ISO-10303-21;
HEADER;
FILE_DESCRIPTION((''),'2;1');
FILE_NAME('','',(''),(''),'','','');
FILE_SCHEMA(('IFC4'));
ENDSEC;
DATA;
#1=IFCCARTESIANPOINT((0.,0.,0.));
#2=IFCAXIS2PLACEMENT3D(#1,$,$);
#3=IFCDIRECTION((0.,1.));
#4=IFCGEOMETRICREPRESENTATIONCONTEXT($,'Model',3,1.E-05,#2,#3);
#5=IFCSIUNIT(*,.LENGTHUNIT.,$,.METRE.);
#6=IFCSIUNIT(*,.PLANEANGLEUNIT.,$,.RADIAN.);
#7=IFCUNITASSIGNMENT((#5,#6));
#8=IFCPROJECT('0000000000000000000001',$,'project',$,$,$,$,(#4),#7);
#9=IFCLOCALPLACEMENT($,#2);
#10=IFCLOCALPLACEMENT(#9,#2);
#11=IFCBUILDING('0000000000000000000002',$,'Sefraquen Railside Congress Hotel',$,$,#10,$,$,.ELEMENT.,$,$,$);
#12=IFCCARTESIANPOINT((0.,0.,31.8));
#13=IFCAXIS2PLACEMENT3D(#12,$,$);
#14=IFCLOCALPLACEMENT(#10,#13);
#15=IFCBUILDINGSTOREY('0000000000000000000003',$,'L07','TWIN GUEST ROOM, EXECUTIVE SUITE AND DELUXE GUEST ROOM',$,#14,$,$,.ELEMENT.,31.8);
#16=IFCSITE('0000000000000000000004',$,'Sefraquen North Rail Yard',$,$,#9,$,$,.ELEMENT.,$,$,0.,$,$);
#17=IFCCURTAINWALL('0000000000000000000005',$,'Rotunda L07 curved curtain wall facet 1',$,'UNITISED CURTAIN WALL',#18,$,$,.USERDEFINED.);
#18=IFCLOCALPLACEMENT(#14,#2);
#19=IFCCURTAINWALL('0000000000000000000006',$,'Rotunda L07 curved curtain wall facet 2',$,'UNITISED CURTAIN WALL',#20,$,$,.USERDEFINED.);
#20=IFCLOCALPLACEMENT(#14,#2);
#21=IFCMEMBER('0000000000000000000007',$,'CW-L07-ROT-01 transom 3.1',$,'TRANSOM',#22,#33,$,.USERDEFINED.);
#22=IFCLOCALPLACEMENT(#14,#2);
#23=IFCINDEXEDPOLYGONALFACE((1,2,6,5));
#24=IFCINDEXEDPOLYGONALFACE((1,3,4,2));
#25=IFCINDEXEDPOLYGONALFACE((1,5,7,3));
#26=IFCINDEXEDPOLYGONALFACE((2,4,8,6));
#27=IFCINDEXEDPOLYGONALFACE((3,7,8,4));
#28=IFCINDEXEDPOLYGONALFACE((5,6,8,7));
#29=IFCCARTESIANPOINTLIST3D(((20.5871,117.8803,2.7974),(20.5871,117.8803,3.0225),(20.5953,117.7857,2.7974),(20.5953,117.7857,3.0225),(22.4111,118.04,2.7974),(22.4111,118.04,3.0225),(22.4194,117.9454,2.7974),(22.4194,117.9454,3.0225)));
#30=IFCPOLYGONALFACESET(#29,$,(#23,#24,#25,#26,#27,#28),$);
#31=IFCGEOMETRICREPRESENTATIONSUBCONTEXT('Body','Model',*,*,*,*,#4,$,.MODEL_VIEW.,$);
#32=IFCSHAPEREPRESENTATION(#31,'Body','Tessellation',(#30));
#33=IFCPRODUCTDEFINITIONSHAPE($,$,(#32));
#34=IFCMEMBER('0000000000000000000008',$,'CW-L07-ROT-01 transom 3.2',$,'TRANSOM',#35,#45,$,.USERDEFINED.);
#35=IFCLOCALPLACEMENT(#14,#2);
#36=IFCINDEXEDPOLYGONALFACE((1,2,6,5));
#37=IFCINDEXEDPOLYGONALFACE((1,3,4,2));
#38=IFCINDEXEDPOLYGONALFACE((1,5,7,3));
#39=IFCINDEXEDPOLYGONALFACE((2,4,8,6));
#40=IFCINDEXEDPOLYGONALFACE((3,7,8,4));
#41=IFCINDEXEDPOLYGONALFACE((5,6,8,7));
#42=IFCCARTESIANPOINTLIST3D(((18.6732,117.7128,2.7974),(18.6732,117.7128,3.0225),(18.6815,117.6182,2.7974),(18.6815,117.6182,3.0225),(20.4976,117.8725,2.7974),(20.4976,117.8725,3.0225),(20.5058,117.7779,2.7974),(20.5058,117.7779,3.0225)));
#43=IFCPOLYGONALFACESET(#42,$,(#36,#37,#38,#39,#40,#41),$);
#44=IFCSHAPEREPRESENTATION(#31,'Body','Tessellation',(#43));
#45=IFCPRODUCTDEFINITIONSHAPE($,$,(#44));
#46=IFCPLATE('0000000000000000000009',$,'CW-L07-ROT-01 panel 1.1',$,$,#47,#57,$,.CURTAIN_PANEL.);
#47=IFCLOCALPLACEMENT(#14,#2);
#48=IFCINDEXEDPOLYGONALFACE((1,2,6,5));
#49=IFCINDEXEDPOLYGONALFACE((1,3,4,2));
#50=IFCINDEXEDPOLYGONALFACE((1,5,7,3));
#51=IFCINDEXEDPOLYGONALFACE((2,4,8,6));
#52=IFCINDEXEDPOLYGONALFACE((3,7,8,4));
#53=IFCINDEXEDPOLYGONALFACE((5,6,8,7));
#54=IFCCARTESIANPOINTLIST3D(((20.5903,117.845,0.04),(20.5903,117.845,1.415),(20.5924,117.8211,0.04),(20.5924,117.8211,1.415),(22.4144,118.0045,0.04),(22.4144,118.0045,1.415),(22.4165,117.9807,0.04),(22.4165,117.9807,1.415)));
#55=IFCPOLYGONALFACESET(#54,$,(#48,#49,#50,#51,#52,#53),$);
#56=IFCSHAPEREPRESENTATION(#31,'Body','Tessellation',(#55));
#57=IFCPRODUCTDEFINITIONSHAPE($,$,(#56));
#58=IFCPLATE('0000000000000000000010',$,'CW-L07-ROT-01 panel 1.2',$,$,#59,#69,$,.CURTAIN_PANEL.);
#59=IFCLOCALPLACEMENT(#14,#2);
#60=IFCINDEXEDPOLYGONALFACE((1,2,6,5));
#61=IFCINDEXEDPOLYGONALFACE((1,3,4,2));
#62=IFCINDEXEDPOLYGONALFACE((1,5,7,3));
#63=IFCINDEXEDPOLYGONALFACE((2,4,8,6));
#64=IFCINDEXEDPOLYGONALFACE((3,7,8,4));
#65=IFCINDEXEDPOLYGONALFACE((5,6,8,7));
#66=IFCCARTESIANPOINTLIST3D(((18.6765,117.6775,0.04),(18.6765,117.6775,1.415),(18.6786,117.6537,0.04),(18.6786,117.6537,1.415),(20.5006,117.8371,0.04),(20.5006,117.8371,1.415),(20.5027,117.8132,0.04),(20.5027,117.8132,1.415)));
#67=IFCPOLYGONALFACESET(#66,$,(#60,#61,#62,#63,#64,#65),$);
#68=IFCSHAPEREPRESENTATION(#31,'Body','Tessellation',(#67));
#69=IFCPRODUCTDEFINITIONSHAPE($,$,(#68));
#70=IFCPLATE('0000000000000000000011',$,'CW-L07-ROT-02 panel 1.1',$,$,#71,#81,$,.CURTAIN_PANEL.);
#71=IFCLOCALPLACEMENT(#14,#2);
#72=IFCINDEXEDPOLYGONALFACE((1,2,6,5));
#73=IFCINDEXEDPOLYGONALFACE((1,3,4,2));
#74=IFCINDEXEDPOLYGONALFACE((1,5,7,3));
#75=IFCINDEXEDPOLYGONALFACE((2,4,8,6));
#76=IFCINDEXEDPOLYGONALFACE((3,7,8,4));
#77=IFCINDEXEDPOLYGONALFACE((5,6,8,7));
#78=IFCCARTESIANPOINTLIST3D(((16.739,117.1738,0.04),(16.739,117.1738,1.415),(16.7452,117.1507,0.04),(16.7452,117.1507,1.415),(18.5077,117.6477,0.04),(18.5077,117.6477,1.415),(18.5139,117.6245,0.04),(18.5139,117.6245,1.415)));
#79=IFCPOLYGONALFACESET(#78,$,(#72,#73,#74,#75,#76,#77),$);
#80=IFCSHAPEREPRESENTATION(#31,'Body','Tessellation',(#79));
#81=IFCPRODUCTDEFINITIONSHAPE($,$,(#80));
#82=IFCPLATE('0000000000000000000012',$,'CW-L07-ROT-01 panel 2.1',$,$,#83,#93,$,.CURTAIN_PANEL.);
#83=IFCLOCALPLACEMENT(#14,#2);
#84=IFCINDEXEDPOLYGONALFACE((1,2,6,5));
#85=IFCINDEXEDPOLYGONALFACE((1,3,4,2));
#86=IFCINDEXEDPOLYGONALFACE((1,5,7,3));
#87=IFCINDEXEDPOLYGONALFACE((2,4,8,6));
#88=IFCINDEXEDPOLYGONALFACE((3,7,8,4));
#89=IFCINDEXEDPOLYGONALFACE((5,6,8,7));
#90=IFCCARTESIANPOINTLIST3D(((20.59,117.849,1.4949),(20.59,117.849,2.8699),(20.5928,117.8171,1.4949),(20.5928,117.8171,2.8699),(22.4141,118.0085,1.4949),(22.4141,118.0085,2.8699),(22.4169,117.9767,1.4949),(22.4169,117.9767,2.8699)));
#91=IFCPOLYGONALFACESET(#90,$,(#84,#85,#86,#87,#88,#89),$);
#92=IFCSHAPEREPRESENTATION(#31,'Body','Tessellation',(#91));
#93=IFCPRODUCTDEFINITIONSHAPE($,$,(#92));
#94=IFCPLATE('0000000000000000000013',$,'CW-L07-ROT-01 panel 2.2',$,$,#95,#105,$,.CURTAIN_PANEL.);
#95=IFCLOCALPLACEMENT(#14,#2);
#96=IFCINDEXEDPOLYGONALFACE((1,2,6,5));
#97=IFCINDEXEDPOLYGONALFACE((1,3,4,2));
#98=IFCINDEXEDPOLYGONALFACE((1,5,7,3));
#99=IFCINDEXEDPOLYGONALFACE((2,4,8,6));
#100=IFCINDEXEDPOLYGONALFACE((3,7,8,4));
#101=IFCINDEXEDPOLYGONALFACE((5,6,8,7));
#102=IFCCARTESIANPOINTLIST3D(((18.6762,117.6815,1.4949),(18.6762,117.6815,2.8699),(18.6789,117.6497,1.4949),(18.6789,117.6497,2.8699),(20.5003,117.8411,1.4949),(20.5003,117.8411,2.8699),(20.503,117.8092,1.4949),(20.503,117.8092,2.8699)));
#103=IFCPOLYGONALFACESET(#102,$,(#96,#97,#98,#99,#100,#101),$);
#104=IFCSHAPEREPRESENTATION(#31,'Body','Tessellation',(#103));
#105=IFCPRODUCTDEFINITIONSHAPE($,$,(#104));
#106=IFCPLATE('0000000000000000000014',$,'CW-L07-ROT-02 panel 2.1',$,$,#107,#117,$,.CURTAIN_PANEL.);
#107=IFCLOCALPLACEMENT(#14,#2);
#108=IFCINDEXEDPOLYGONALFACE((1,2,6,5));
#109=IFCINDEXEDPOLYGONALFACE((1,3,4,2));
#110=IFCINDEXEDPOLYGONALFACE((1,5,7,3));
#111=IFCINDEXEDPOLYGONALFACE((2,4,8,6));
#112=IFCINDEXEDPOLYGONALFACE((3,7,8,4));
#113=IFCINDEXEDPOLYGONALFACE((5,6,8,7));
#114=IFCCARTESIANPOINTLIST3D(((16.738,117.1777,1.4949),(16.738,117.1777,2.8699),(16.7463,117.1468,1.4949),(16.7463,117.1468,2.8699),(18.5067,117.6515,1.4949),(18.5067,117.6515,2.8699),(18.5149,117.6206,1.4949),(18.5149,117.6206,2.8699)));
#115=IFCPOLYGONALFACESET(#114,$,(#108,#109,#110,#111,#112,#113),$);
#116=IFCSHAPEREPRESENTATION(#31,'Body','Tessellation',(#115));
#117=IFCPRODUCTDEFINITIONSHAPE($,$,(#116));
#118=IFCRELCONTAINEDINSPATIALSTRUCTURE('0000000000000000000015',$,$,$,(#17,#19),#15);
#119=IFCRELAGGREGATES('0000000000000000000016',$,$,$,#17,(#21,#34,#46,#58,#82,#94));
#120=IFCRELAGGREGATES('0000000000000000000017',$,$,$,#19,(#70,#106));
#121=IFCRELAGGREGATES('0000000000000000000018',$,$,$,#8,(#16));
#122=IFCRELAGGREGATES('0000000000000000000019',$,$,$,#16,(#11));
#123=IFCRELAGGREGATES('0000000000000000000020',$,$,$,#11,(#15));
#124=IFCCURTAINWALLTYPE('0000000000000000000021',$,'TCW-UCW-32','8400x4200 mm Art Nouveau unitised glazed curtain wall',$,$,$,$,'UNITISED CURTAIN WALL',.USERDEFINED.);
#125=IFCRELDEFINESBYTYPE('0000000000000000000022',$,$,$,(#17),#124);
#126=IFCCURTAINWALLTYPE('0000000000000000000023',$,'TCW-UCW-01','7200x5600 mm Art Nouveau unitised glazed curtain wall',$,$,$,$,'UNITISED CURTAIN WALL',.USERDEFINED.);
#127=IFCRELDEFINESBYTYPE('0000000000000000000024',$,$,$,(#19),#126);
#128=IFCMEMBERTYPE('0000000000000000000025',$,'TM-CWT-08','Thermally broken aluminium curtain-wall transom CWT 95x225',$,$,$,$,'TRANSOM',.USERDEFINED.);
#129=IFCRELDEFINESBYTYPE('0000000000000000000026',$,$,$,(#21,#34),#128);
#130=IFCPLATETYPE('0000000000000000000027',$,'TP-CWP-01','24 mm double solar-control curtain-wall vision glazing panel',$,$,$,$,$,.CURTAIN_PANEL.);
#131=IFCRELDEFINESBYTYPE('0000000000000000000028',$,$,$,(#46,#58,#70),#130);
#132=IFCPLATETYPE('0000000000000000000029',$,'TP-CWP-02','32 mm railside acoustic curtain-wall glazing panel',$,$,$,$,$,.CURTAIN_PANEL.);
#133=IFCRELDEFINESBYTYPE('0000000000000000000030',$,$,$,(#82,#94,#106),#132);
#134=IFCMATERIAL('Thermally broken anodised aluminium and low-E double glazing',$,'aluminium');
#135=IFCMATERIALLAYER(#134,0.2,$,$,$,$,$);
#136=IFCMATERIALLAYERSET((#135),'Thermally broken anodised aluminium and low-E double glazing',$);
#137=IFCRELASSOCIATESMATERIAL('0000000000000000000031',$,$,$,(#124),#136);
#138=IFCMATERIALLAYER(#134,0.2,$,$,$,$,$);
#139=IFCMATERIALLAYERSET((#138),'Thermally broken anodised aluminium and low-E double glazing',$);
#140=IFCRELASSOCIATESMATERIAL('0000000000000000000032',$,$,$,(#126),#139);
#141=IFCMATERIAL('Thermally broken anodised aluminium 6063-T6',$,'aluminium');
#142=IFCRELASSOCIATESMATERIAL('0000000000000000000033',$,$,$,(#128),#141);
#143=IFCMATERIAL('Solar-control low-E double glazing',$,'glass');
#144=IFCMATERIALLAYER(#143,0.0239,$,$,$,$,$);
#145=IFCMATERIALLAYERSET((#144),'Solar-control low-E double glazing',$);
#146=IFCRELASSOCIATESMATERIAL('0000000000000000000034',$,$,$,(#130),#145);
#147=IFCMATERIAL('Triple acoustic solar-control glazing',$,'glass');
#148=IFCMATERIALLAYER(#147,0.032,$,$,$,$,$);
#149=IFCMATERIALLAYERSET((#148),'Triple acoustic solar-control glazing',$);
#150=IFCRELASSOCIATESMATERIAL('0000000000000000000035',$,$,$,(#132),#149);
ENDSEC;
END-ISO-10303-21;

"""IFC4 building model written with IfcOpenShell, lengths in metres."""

from ifc_helpers import new_model, si_unit, direction, frame, origin, origin_2d, place, context, subcontext, project, spatial, rectangle, extrude, material, layer, layer_set, material_profile, profile_set, type_object, element, aggregate, save


model = new_model("IFC4")

# Units and contexts
model_context = context("Model", 3, precision=1e-05, world=origin(), true_north=direction((0.0, 1.0)))
body_context = subcontext(model_context, "Body", "Model", "MODEL_VIEW")
ifc_project = project(units=[si_unit("LENGTHUNIT", "METRE"), si_unit("PLANEANGLEUNIT", "RADIAN")], contexts=[model_context])

# Site, building, storey
site_placement = place(None, origin())
site = spatial("IfcSite", under=ifc_project, at=site_placement, Name="Sefraquen North Rail Yard", CompositionType="ELEMENT", RefElevation=0.0)
building_placement = place(site_placement, origin())
building = spatial("IfcBuilding", under=site, at=building_placement, Name="Sefraquen Railside Congress Hotel", CompositionType="ELEMENT")
storey_placement = place(building_placement, frame((0.0, 0.0, 31.8)))
storey = spatial("IfcBuildingStorey", under=building, at=storey_placement, Name="L07", Description="TWIN GUEST ROOM, EXECUTIVE SUITE AND DELUXE GUEST ROOM", CompositionType="ELEMENT", Elevation=31.8)

# Curtain walls
ifc_material_1 = material(Name="Thermally broken anodised aluminium and low-E double glazing", Category="aluminium")
ifc_layer_1 = layer(ifc_material_1, 0.2)
ifc_layer_set_1 = layer_set([ifc_layer_1], Name="Thermally broken anodised aluminium and low-E double glazing")
curtain_wall_type_1 = type_object("IfcCurtainWallType", Name="TCW-UCW-32", Description="8400x4200 mm Art Nouveau unitised glazed curtain wall", ElementType="UNITISED CURTAIN WALL", PredefinedType="USERDEFINED", material=ifc_layer_set_1)
curtain_wall_1_placement = place(storey_placement, origin())
curtain_wall_1 = element("IfcCurtainWall", 1, at=curtain_wall_1_placement, inside=storey, type_object=curtain_wall_type_1, Name="Rotunda L07 curved curtain wall facet 1", ObjectType="UNITISED CURTAIN WALL", PredefinedType="USERDEFINED")
ifc_material_2 = material(Name="Thermally broken anodised aluminium 6063-T6", Category="aluminium")
ifc_layer_2 = layer(ifc_material_1, 0.2)
ifc_layer_set_2 = layer_set([ifc_layer_2], Name="Thermally broken anodised aluminium and low-E double glazing")
curtain_wall_type_2 = type_object("IfcCurtainWallType", Name="TCW-UCW-01", Description="7200x5600 mm Art Nouveau unitised glazed curtain wall", ElementType="UNITISED CURTAIN WALL", PredefinedType="USERDEFINED", material=ifc_layer_set_2)
curtain_wall_2_placement = place(storey_placement, origin())
curtain_wall_2 = element("IfcCurtainWall", 2, at=curtain_wall_2_placement, inside=storey, type_object=curtain_wall_type_2, Name="Rotunda L07 curved curtain wall facet 2", ObjectType="UNITISED CURTAIN WALL", PredefinedType="USERDEFINED")

# Members
ifc_material_profile_1 = material_profile(ifc_material_2, rectangle(XDim=0.095, YDim=0.2251, at=origin_2d()), Name="CWT 95x225")
ifc_profile_set_1 = profile_set([ifc_material_profile_1], Name="Thermally broken anodised aluminium 6063-T6")
member_type_1 = type_object("IfcMemberType", Name="TM-CWT-08", Description="Thermally broken aluminium curtain-wall transom CWT 95x225", ElementType="TRANSOM", PredefinedType="USERDEFINED", material=ifc_profile_set_1)
member_1_placement = place(storey_placement, frame((22.4153, 117.9927, 2.9099), z_axis=(-0.99619, -0.087205, 0.0), x_axis=(0.087205, -0.99619, 0.0)))
member_1 = element("IfcMember", 3, at=member_1_placement, type_object=member_type_1, Name="CW-L07-ROT-01 transom 3.1", ObjectType="TRANSOM", PredefinedType="USERDEFINED", context=body_context, shape_type="SweptSolid", body=[
    extrude(rectangle(XDim=0.095, YDim=0.2251, at=origin_2d()), origin(), (0.0, 0.0, 1.0), 1.8311),
])
member_2_placement = place(storey_placement, frame((20.5017, 117.8252, 2.9099), z_axis=(-0.996191, -0.087193, 0.0), x_axis=(0.087193, -0.996191, 0.0)))
member_2 = element("IfcMember", 4, at=member_2_placement, type_object=member_type_1, Name="CW-L07-ROT-01 transom 3.2", ObjectType="TRANSOM", PredefinedType="USERDEFINED", context=body_context, shape_type="SweptSolid", body=[
    extrude(rectangle(XDim=0.095, YDim=0.2251, at=origin_2d()), origin(), (0.0, 0.0, 1.0), 1.8313),
])

# Plates
ifc_material_3 = material(Name="Solar-control low-E double glazing", Category="glass")
ifc_layer_3 = layer(ifc_material_3, 0.0239)
ifc_layer_set_3 = layer_set([ifc_layer_3], Name="Solar-control low-E double glazing")
plate_type_1 = type_object("IfcPlateType", Name="TP-CWP-01", Description="24 mm double solar-control curtain-wall vision glazing panel", PredefinedType="CURTAIN_PANEL", material=ifc_layer_set_3)
plate_1_placement = place(storey_placement, frame((21.5034, 117.9128, 0.04), z_axis=(0.0, 0.0, 1.0), x_axis=(-0.996196, -0.087138, 0.0)))
plate_1 = element("IfcPlate", 5, at=plate_1_placement, type_object=plate_type_1, Name="CW-L07-ROT-01 panel 1.1", PredefinedType="CURTAIN_PANEL", context=body_context, shape_type="SweptSolid", body=[
    extrude(rectangle(XDim=1.8311, YDim=0.0239, at=origin_2d()), origin(), (0.0, 0.0, 1.0), 1.375),
])
plate_2_placement = place(storey_placement, frame((19.5896, 117.7454, 0.04), z_axis=(0.0, 0.0, 1.0), x_axis=(-0.996196, -0.087138, 0.0)))
plate_2 = element("IfcPlate", 6, at=plate_2_placement, type_object=plate_type_1, Name="CW-L07-ROT-01 panel 1.2", PredefinedType="CURTAIN_PANEL", context=body_context, shape_type="SweptSolid", body=[
    extrude(rectangle(XDim=1.8311, YDim=0.0239, at=origin_2d()), origin(), (0.0, 0.0, 1.0), 1.375),
])
plate_3_placement = place(storey_placement, frame((17.6265, 117.3992, 0.04), z_axis=(0.0, 0.0, 1.0), x_axis=(-0.965935, -0.258785, 0.0)))
plate_3 = element("IfcPlate", 7, at=plate_3_placement, type_object=plate_type_1, Name="CW-L07-ROT-02 panel 1.1", PredefinedType="CURTAIN_PANEL", context=body_context, shape_type="SweptSolid", body=[
    extrude(rectangle(XDim=1.8311, YDim=0.0239, at=origin_2d()), origin(), (0.0, 0.0, 1.0), 1.375),
])
ifc_material_4 = material(Name="Triple acoustic solar-control glazing", Category="glass")
ifc_layer_4 = layer(ifc_material_4, 0.032)
ifc_layer_set_4 = layer_set([ifc_layer_4], Name="Triple acoustic solar-control glazing")
plate_type_2 = type_object("IfcPlateType", Name="TP-CWP-02", Description="32 mm railside acoustic curtain-wall glazing panel", PredefinedType="CURTAIN_PANEL", material=ifc_layer_set_4)
plate_4_placement = place(storey_placement, frame((21.5034, 117.9128, 1.4949), z_axis=(0.0, 0.0, 1.0), x_axis=(-0.996196, -0.087138, 0.0)))
plate_4 = element("IfcPlate", 8, at=plate_4_placement, type_object=plate_type_2, Name="CW-L07-ROT-01 panel 2.1", PredefinedType="CURTAIN_PANEL", context=body_context, shape_type="SweptSolid", body=[
    extrude(rectangle(XDim=1.8311, YDim=0.032, at=origin_2d()), origin(), (0.0, 0.0, 1.0), 1.375),
])
plate_5_placement = place(storey_placement, frame((19.5896, 117.7454, 1.4949), z_axis=(0.0, 0.0, 1.0), x_axis=(-0.996196, -0.087138, 0.0)))
plate_5 = element("IfcPlate", 9, at=plate_5_placement, type_object=plate_type_2, Name="CW-L07-ROT-01 panel 2.2", PredefinedType="CURTAIN_PANEL", context=body_context, shape_type="SweptSolid", body=[
    extrude(rectangle(XDim=1.8311, YDim=0.032, at=origin_2d()), origin(), (0.0, 0.0, 1.0), 1.375),
])
aggregate(curtain_wall_1, [member_1, member_2, plate_1, plate_2, plate_4, plate_5])
plate_6_placement = place(storey_placement, frame((17.6265, 117.3992, 1.4949), z_axis=(0.0, 0.0, 1.0), x_axis=(-0.965935, -0.258785, 0.0)))
plate_6 = element("IfcPlate", 10, at=plate_6_placement, type_object=plate_type_2, Name="CW-L07-ROT-02 panel 2.1", PredefinedType="CURTAIN_PANEL", context=body_context, shape_type="SweptSolid", body=[
    extrude(rectangle(XDim=1.8311, YDim=0.032, at=origin_2d()), origin(), (0.0, 0.0, 1.0), 1.375),
])
aggregate(curtain_wall_2, [plate_3, plate_6])

save(model, "model.ifc")
